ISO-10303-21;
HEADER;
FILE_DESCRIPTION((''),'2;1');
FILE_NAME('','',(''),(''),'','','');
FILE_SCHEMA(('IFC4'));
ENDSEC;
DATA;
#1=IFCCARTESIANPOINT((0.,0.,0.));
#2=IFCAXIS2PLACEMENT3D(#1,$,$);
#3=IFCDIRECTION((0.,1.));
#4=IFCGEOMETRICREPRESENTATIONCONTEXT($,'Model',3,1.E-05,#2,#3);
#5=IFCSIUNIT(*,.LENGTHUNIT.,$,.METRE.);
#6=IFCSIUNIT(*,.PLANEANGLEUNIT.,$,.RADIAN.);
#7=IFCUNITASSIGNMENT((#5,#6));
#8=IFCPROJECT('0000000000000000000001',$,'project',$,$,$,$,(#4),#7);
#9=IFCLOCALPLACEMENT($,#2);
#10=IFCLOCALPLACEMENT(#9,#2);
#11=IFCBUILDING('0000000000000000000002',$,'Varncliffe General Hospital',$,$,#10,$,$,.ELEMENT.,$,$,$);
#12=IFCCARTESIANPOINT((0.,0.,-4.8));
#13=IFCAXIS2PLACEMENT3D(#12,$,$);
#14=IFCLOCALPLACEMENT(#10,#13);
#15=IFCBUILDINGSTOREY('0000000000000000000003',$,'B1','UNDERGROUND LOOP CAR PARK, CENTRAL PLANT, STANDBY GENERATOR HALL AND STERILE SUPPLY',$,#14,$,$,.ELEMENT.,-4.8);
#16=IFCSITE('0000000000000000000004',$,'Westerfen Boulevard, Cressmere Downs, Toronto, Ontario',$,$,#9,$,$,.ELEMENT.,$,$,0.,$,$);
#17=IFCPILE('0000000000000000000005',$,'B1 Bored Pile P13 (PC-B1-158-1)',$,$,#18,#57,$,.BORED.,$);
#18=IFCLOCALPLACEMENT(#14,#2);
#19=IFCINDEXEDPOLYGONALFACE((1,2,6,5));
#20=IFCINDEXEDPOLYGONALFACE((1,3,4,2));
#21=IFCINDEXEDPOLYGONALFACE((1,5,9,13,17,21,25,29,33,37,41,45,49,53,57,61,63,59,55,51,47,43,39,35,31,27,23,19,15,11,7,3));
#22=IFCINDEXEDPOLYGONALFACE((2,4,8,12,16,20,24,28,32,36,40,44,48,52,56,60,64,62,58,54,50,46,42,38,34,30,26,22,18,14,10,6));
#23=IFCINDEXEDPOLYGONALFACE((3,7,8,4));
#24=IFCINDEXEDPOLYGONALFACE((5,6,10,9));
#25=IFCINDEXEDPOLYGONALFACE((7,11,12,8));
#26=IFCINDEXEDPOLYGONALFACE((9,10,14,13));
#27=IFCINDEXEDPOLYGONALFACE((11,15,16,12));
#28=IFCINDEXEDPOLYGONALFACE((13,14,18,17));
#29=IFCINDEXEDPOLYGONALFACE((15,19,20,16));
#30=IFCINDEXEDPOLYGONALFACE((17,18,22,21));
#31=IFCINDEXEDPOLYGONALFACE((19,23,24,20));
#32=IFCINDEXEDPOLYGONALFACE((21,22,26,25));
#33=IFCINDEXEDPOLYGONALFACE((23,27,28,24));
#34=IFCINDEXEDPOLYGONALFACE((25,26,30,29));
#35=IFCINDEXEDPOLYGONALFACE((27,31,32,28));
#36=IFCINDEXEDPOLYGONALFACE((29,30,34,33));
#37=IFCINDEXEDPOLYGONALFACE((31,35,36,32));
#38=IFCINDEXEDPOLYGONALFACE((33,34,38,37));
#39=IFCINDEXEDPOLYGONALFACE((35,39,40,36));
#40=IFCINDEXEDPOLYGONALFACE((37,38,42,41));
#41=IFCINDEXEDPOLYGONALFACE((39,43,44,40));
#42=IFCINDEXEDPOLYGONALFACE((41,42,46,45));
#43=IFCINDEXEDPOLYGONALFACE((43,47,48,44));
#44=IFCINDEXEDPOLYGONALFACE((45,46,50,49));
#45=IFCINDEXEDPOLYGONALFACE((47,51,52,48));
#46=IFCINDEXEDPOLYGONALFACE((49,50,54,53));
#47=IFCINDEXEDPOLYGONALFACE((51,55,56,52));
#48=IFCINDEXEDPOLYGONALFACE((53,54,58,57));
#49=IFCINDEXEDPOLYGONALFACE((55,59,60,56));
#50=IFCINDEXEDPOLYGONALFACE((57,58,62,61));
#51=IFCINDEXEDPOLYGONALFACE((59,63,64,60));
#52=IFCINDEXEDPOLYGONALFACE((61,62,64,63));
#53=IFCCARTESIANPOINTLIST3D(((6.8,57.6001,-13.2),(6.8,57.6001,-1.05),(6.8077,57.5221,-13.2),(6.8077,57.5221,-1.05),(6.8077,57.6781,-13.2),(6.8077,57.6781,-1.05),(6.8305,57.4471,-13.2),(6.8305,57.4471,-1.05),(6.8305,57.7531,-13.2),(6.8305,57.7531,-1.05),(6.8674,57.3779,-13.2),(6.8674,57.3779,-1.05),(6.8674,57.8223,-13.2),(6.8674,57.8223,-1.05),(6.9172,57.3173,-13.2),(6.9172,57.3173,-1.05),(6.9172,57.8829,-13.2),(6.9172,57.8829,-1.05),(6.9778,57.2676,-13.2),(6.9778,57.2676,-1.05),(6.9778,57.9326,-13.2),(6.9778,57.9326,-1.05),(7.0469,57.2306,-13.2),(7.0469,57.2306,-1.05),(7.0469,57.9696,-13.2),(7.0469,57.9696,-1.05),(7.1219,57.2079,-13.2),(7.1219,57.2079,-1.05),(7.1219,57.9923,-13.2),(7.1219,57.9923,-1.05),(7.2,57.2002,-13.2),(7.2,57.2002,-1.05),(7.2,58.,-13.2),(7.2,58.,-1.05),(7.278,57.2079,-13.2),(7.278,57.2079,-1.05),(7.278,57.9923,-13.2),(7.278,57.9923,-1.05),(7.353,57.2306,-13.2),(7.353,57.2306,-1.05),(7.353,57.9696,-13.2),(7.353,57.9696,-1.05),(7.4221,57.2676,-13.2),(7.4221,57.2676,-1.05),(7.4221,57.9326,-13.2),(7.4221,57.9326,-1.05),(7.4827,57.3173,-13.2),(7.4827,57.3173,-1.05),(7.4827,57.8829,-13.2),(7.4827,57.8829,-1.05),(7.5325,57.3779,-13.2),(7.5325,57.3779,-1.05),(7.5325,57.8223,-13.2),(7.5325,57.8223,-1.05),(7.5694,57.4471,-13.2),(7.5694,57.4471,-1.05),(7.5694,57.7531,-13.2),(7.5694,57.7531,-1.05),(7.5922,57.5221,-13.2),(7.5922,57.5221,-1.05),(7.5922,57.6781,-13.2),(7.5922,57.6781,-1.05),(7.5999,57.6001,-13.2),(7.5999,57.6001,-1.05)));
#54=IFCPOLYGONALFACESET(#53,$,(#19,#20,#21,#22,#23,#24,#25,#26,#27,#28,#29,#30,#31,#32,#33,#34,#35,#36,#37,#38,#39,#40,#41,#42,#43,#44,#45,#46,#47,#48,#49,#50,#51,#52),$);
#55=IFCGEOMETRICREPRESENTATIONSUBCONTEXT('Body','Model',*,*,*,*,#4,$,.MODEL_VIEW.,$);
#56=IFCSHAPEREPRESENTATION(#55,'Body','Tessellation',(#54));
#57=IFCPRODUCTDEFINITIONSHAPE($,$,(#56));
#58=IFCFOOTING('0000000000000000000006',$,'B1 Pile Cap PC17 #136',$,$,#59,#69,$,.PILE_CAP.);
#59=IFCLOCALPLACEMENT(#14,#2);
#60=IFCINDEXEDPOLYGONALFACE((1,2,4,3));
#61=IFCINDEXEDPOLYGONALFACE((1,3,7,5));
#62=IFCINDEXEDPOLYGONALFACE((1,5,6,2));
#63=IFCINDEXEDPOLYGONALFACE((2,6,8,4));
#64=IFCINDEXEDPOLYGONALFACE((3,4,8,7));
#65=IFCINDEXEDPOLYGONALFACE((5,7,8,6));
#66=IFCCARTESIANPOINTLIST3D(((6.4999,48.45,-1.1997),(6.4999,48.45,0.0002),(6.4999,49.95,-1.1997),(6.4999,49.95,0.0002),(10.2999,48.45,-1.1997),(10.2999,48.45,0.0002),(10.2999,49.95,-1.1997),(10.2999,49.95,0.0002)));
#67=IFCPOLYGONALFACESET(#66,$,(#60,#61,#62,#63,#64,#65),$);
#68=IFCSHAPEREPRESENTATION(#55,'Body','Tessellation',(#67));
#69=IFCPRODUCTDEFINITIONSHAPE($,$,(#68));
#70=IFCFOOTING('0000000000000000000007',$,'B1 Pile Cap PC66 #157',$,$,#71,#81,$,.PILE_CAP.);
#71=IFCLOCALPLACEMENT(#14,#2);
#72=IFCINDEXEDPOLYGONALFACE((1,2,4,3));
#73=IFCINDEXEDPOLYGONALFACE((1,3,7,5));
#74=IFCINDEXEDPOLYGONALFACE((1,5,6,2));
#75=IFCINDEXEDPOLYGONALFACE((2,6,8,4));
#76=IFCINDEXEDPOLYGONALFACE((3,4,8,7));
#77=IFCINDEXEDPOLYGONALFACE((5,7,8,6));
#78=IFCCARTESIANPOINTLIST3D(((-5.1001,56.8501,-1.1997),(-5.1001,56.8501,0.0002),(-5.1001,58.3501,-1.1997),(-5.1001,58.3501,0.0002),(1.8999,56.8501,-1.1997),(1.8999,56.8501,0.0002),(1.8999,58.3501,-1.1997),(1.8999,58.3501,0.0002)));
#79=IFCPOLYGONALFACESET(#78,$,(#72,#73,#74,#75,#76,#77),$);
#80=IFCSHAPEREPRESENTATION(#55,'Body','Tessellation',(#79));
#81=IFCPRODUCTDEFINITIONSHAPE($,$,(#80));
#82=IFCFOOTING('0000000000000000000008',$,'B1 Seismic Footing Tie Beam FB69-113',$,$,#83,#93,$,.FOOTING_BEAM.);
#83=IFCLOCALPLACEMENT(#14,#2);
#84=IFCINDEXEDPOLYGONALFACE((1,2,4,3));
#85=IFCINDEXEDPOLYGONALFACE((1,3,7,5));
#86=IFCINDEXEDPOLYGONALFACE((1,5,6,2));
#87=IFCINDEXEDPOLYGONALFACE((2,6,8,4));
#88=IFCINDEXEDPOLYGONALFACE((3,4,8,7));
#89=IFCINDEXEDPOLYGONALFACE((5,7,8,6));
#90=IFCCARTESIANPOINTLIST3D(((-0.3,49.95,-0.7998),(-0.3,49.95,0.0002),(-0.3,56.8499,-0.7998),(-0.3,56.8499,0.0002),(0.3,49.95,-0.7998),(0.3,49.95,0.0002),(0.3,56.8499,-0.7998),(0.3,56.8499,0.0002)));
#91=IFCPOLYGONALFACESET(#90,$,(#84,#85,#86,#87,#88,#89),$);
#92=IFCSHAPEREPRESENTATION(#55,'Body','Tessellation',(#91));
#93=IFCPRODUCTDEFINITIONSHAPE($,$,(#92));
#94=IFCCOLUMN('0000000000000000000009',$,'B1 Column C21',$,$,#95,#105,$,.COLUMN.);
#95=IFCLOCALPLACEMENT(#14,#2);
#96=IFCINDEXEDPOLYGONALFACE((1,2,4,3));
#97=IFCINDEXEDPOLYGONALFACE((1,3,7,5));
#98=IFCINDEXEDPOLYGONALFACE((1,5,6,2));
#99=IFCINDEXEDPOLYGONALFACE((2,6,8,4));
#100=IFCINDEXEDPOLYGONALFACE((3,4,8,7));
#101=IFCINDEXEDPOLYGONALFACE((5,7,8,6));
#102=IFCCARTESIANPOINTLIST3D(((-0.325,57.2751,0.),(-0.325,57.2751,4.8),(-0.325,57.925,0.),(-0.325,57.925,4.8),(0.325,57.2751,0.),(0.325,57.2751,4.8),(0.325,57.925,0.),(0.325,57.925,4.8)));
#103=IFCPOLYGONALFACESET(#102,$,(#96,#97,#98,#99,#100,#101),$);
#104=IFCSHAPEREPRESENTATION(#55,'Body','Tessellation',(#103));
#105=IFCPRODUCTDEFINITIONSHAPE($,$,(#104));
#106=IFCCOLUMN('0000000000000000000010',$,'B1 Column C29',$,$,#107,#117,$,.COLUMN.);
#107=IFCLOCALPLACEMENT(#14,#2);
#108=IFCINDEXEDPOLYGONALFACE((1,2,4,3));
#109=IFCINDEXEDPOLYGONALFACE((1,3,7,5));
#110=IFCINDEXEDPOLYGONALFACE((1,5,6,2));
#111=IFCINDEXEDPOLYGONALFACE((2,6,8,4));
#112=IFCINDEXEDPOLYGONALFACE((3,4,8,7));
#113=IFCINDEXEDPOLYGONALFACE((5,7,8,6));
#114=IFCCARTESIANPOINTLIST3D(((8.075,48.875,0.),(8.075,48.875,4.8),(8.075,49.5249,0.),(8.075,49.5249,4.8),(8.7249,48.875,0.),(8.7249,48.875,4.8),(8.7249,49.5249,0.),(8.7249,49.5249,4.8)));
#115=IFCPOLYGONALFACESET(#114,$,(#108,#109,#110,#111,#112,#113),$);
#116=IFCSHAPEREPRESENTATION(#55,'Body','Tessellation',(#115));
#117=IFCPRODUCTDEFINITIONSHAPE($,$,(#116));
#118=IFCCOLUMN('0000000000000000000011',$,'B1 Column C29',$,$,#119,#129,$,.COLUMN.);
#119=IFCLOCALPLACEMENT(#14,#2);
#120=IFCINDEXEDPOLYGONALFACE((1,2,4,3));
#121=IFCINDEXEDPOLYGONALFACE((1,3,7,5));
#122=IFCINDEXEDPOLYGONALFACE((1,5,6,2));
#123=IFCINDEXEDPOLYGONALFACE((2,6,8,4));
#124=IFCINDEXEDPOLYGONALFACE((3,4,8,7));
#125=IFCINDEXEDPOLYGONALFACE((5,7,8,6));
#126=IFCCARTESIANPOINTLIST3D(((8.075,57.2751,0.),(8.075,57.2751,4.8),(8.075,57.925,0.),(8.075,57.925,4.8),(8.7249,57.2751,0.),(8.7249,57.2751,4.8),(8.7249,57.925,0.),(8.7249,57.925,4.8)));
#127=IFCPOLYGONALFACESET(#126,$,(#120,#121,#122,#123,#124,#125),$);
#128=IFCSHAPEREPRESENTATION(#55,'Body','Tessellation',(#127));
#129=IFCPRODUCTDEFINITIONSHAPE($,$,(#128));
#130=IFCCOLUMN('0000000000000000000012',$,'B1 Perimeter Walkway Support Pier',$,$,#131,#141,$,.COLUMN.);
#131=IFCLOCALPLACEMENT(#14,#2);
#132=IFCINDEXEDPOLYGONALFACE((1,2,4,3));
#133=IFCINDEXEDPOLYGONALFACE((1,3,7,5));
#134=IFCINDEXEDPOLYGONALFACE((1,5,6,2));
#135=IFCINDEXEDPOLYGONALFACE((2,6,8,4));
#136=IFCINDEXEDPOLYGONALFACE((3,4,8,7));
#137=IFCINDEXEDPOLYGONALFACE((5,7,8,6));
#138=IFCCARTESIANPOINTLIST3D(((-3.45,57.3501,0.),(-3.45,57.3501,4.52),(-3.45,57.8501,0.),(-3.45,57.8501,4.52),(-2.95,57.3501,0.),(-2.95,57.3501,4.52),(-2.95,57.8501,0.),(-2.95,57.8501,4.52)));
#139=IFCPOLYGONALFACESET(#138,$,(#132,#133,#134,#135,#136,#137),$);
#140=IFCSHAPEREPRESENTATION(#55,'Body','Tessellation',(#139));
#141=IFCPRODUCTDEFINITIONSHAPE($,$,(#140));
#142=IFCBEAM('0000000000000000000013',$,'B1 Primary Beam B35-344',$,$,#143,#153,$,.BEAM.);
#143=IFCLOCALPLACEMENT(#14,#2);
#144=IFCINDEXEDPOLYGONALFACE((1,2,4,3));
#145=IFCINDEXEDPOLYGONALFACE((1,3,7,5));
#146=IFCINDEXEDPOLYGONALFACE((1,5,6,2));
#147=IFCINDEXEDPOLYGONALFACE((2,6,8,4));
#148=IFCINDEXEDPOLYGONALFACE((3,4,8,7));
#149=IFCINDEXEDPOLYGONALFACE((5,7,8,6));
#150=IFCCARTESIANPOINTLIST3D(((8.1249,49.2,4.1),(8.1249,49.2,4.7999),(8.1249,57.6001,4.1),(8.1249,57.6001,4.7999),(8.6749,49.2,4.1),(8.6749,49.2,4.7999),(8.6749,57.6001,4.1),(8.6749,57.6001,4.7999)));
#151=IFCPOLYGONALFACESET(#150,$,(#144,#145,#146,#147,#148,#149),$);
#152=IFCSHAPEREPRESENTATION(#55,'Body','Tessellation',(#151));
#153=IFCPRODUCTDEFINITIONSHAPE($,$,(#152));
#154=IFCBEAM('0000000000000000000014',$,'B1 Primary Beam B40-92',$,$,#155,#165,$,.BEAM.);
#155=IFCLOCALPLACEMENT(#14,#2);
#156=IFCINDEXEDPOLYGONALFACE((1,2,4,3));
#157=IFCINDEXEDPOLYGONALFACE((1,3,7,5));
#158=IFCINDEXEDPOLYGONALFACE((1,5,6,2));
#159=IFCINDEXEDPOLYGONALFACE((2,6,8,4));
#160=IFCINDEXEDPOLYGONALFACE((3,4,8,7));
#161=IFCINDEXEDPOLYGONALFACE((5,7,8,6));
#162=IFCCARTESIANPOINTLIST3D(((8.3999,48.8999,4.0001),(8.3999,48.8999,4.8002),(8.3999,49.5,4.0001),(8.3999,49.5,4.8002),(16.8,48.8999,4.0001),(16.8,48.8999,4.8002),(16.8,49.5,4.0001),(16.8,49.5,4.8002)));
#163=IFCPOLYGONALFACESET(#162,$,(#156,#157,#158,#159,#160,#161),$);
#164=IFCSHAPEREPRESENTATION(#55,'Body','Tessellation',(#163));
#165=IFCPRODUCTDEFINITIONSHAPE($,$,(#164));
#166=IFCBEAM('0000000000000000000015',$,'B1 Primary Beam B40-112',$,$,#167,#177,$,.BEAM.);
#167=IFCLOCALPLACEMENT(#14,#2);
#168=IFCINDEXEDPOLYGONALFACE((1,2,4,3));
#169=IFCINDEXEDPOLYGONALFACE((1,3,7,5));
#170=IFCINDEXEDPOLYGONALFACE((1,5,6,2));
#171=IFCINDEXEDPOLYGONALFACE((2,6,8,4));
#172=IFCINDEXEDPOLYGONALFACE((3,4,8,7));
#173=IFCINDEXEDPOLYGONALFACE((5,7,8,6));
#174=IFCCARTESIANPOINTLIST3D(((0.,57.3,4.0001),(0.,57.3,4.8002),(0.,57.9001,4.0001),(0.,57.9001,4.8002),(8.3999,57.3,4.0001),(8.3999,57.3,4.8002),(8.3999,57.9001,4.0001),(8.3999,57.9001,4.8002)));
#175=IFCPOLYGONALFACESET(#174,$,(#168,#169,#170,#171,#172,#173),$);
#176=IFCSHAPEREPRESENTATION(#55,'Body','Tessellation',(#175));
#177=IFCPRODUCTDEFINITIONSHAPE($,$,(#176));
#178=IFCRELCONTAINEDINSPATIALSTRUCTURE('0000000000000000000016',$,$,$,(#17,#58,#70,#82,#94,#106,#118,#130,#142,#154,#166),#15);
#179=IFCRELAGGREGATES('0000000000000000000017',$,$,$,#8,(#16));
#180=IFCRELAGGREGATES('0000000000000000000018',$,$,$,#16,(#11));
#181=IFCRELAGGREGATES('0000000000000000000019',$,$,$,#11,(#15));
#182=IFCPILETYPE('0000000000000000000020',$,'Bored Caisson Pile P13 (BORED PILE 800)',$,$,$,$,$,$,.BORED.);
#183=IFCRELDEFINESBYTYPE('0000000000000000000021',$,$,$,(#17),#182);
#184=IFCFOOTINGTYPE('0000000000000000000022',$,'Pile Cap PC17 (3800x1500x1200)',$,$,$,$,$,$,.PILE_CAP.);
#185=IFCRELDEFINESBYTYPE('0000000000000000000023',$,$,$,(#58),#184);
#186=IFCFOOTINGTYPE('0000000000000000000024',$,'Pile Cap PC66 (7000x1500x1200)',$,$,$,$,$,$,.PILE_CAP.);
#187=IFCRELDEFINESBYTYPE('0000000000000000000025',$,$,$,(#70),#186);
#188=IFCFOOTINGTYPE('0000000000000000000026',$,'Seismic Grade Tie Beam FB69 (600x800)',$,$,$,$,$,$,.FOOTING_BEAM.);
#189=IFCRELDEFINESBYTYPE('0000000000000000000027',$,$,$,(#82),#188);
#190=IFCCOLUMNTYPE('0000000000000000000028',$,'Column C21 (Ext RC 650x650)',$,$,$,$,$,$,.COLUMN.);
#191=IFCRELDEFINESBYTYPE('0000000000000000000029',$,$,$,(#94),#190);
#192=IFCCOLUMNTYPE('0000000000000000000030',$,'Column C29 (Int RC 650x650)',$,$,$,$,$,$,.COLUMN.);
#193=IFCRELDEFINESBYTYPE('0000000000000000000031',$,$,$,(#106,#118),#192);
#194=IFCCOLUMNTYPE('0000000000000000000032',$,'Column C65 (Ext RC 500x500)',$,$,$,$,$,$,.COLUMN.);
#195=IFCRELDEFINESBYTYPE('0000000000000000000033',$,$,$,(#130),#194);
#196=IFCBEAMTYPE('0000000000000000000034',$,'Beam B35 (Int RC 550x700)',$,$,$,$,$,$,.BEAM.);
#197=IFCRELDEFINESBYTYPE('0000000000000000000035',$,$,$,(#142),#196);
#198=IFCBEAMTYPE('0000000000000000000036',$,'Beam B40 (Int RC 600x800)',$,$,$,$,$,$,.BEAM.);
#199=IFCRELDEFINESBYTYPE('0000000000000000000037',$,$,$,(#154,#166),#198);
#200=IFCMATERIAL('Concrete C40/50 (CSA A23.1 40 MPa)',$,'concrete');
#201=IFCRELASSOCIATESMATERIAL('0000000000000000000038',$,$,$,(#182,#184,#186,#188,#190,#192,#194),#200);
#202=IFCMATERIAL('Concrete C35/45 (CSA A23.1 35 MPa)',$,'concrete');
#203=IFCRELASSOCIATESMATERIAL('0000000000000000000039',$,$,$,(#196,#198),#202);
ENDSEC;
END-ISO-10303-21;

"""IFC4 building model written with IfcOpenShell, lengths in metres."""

from ifc_helpers import new_model, si_unit, direction, frame, origin, origin_2d, place, context, subcontext, project, spatial, rectangle, circle, extrude, material, material_profile, profile_set, type_object, element, save


model = new_model("IFC4")

# Units and contexts
model_context = context("Model", 3, precision=1e-05, world=origin(), true_north=direction((0.0, 1.0)))
body_context = subcontext(model_context, "Body", "Model", "MODEL_VIEW")
ifc_project = project(units=[si_unit("LENGTHUNIT", "METRE"), si_unit("PLANEANGLEUNIT", "RADIAN")], contexts=[model_context])

# Site, building, storey
site_placement = place(None, origin())
site = spatial("IfcSite", under=ifc_project, at=site_placement, Name="Westerfen Boulevard, Cressmere Downs, Toronto, Ontario", CompositionType="ELEMENT", RefElevation=0.0)
building_placement = place(site_placement, origin())
building = spatial("IfcBuilding", under=site, at=building_placement, Name="Varncliffe General Hospital", CompositionType="ELEMENT")
storey_placement = place(building_placement, frame((0.0, 0.0, -4.8)))
storey = spatial("IfcBuildingStorey", under=building, at=storey_placement, Name="B1", Description="UNDERGROUND LOOP CAR PARK, CENTRAL PLANT, STANDBY GENERATOR HALL AND STERILE SUPPLY", CompositionType="ELEMENT", Elevation=-4.8)

# Pile
ifc_material_1 = material(Name="Concrete C40/50 (CSA A23.1 40 MPa)", Category="concrete")
ifc_material_profile_1 = material_profile(ifc_material_1, circle(Radius=0.3999, at=origin_2d()), Name="BORED PILE 800")
ifc_profile_set_1 = profile_set([ifc_material_profile_1], Name="Concrete C40/50 (CSA A23.1 40 MPa)")
pile_type = type_object("IfcPileType", Name="Bored Caisson Pile P13 (BORED PILE 800)", PredefinedType="BORED", material=ifc_profile_set_1)
for number, where, z_axis, x_axis, name in (
    (1, (7.2, 57.6001, -1.05), (0.0, 0.0, -1.0), (1.0, 0.0, 0.0), "B1 Bored Pile P13 (PC-B1-158-1)"),
):
    element("IfcPile", number, at=place(storey_placement, frame(where, z_axis=z_axis, x_axis=x_axis)), inside=storey, type_object=pile_type, Name=name, PredefinedType="BORED", context=body_context, shape_type="SweptSolid", body=[
        extrude(circle(Radius=0.3999, at=origin_2d()), origin(), (0.0, 0.0, 1.0), 12.1499),
    ])

# Footings
footing_type_1 = type_object("IfcFootingType", Name="Pile Cap PC17 (3800x1500x1200)", PredefinedType="PILE_CAP", material=ifc_material_1)
footing_1_placement = place(storey_placement, frame((8.3999, 49.2, -1.1997), z_axis=(0.0, 0.0, 1.0), x_axis=(1.0, 0.0, 0.0)))
element("IfcFooting", 2, at=footing_1_placement, inside=storey, type_object=footing_type_1, Name="B1 Pile Cap PC17 #136", PredefinedType="PILE_CAP", context=body_context, shape_type="SweptSolid", body=[
    extrude(rectangle(XDim=3.8, YDim=1.5, at=origin_2d()), origin(), (0.0, 0.0, 1.0), 1.2),
])
footing_type_2 = type_object("IfcFootingType", Name="Pile Cap PC66 (7000x1500x1200)", PredefinedType="PILE_CAP", material=ifc_material_1)
footing_2_placement = place(storey_placement, frame((-1.6001, 57.6001, -1.1997), z_axis=(0.0, 0.0, 1.0), x_axis=(1.0, 0.0, 0.0)))
element("IfcFooting", 3, at=footing_2_placement, inside=storey, type_object=footing_type_2, Name="B1 Pile Cap PC66 #157", PredefinedType="PILE_CAP", context=body_context, shape_type="SweptSolid", body=[
    extrude(rectangle(XDim=7.0, YDim=1.5, at=origin_2d()), origin(), (0.0, 0.0, 1.0), 1.2),
])
footing_type_3 = type_object("IfcFootingType", Name="Seismic Grade Tie Beam FB69 (600x800)", PredefinedType="FOOTING_BEAM", material=ifc_material_1)
footing_3_placement = place(storey_placement, frame((0.0, 53.3999, -0.7998), z_axis=(0.0, 0.0, 1.0), x_axis=(1.0, 0.0, 0.0)))
element("IfcFooting", 4, at=footing_3_placement, inside=storey, type_object=footing_type_3, Name="B1 Seismic Footing Tie Beam FB69-113", PredefinedType="FOOTING_BEAM", context=body_context, shape_type="SweptSolid", body=[
    extrude(rectangle(XDim=0.6001, YDim=6.8999, at=origin_2d()), origin(), (0.0, 0.0, 1.0), 0.8),
])

# Columns
ifc_material_profile_2 = material_profile(ifc_material_1, rectangle(XDim=0.6499, YDim=0.6499, at=origin_2d()), Name="RC 650x650")
ifc_profile_set_2 = profile_set([ifc_material_profile_2], Name="Concrete C40/50 (CSA A23.1 40 MPa)")
column_type_1 = type_object("IfcColumnType", Name="Column C21 (Ext RC 650x650)", PredefinedType="COLUMN", material=ifc_profile_set_2)
column_1_placement = place(storey_placement, frame((0.0, 57.6001, 0.0), z_axis=(0.0, 0.0, 1.0), x_axis=(1.0, 0.0, 0.0)))
element("IfcColumn", 5, at=column_1_placement, inside=storey, type_object=column_type_1, Name="B1 Column C21", PredefinedType="COLUMN", context=body_context, shape_type="SweptSolid", body=[
    extrude(rectangle(XDim=0.6499, YDim=0.6499, at=origin_2d()), origin(), (0.0, 0.0, 1.0), 4.8),
])
ifc_material_profile_3 = material_profile(ifc_material_1, rectangle(XDim=0.6499, YDim=0.6499, at=origin_2d()), Name="RC 650x650")
ifc_profile_set_3 = profile_set([ifc_material_profile_3], Name="Concrete C40/50 (CSA A23.1 40 MPa)")
column_type_2 = type_object("IfcColumnType", Name="Column C29 (Int RC 650x650)", PredefinedType="COLUMN", material=ifc_profile_set_3)
for number, where, z_axis, x_axis, name in (
    (6, (8.3999, 49.2, 0.0), (0.0, 0.0, 1.0), (1.0, 0.0, 0.0), "B1 Column C29"),
    (7, (8.3999, 57.6001, 0.0), (0.0, 0.0, 1.0), (1.0, 0.0, 0.0), "B1 Column C29"),
):
    element("IfcColumn", number, at=place(storey_placement, frame(where, z_axis=z_axis, x_axis=x_axis)), inside=storey, type_object=column_type_2, Name=name, PredefinedType="COLUMN", context=body_context, shape_type="SweptSolid", body=[
        extrude(rectangle(XDim=0.6499, YDim=0.6499, at=origin_2d()), origin(), (0.0, 0.0, 1.0), 4.8),
    ])
ifc_material_profile_4 = material_profile(ifc_material_1, rectangle(XDim=0.5, YDim=0.5, at=origin_2d()), Name="RC 500x500")
ifc_profile_set_4 = profile_set([ifc_material_profile_4], Name="Concrete C40/50 (CSA A23.1 40 MPa)")
column_type_3 = type_object("IfcColumnType", Name="Column C65 (Ext RC 500x500)", PredefinedType="COLUMN", material=ifc_profile_set_4)
column_2_placement = place(storey_placement, frame((-3.2, 57.6001, 0.0), z_axis=(0.0, 0.0, 1.0), x_axis=(1.0, 0.0, 0.0)))
element("IfcColumn", 8, at=column_2_placement, inside=storey, type_object=column_type_3, Name="B1 Perimeter Walkway Support Pier", PredefinedType="COLUMN", context=body_context, shape_type="SweptSolid", body=[
    extrude(rectangle(XDim=0.5, YDim=0.5, at=origin_2d()), origin(), (0.0, 0.0, 1.0), 4.52),
])

# Beams
ifc_material_2 = material(Name="Concrete C35/45 (CSA A23.1 35 MPa)", Category="concrete")
ifc_material_profile_5 = material_profile(ifc_material_2, rectangle(XDim=0.55, YDim=0.7, at=origin_2d()), Name="RC 550x700")
ifc_profile_set_5 = profile_set([ifc_material_profile_5], Name="Concrete C35/45 (CSA A23.1 35 MPa)")
beam_type_1 = type_object("IfcBeamType", Name="Beam B35 (Int RC 550x700)", PredefinedType="BEAM", material=ifc_profile_set_5)
beam_1_placement = place(storey_placement, frame((8.3999, 49.2, 4.45), z_axis=(0.0, 1.0, 0.0), x_axis=(-1.0, 0.0, 0.0)))
element("IfcBeam", 9, at=beam_1_placement, inside=storey, type_object=beam_type_1, Name="B1 Primary Beam B35-344", PredefinedType="BEAM", context=body_context, shape_type="SweptSolid", body=[
    extrude(rectangle(XDim=0.55, YDim=0.7, at=origin_2d()), origin(), (0.0, 0.0, 1.0), 8.4001),
])
ifc_material_profile_6 = material_profile(ifc_material_2, rectangle(XDim=0.6001, YDim=0.8, at=origin_2d()), Name="RC 600x800")
ifc_profile_set_6 = profile_set([ifc_material_profile_6], Name="Concrete C35/45 (CSA A23.1 35 MPa)")
beam_type_2 = type_object("IfcBeamType", Name="Beam B40 (Int RC 600x800)", PredefinedType="BEAM", material=ifc_profile_set_6)
beam_2_placement = place(storey_placement, frame((8.3999, 49.2, 4.4001), z_axis=(1.0, 0.0, 0.0), x_axis=(0.0, 1.0, 0.0)))
element("IfcBeam", 10, at=beam_2_placement, inside=storey, type_object=beam_type_2, Name="B1 Primary Beam B40-92", PredefinedType="BEAM", context=body_context, shape_type="SweptSolid", body=[
    extrude(rectangle(XDim=0.6001, YDim=0.8, at=origin_2d()), origin(), (0.0, 0.0, 1.0), 8.4001),
])
beam_3_placement = place(storey_placement, frame((0.0, 57.6001, 4.4001), z_axis=(1.0, 0.0, 0.0), x_axis=(0.0, 1.0, 0.0)))
element("IfcBeam", 11, at=beam_3_placement, inside=storey, type_object=beam_type_2, Name="B1 Primary Beam B40-112", PredefinedType="BEAM", context=body_context, shape_type="SweptSolid", body=[
    extrude(rectangle(XDim=0.6001, YDim=0.8, at=origin_2d()), origin(), (0.0, 0.0, 1.0), 8.3999),
])

save(model, "model.ifc")
